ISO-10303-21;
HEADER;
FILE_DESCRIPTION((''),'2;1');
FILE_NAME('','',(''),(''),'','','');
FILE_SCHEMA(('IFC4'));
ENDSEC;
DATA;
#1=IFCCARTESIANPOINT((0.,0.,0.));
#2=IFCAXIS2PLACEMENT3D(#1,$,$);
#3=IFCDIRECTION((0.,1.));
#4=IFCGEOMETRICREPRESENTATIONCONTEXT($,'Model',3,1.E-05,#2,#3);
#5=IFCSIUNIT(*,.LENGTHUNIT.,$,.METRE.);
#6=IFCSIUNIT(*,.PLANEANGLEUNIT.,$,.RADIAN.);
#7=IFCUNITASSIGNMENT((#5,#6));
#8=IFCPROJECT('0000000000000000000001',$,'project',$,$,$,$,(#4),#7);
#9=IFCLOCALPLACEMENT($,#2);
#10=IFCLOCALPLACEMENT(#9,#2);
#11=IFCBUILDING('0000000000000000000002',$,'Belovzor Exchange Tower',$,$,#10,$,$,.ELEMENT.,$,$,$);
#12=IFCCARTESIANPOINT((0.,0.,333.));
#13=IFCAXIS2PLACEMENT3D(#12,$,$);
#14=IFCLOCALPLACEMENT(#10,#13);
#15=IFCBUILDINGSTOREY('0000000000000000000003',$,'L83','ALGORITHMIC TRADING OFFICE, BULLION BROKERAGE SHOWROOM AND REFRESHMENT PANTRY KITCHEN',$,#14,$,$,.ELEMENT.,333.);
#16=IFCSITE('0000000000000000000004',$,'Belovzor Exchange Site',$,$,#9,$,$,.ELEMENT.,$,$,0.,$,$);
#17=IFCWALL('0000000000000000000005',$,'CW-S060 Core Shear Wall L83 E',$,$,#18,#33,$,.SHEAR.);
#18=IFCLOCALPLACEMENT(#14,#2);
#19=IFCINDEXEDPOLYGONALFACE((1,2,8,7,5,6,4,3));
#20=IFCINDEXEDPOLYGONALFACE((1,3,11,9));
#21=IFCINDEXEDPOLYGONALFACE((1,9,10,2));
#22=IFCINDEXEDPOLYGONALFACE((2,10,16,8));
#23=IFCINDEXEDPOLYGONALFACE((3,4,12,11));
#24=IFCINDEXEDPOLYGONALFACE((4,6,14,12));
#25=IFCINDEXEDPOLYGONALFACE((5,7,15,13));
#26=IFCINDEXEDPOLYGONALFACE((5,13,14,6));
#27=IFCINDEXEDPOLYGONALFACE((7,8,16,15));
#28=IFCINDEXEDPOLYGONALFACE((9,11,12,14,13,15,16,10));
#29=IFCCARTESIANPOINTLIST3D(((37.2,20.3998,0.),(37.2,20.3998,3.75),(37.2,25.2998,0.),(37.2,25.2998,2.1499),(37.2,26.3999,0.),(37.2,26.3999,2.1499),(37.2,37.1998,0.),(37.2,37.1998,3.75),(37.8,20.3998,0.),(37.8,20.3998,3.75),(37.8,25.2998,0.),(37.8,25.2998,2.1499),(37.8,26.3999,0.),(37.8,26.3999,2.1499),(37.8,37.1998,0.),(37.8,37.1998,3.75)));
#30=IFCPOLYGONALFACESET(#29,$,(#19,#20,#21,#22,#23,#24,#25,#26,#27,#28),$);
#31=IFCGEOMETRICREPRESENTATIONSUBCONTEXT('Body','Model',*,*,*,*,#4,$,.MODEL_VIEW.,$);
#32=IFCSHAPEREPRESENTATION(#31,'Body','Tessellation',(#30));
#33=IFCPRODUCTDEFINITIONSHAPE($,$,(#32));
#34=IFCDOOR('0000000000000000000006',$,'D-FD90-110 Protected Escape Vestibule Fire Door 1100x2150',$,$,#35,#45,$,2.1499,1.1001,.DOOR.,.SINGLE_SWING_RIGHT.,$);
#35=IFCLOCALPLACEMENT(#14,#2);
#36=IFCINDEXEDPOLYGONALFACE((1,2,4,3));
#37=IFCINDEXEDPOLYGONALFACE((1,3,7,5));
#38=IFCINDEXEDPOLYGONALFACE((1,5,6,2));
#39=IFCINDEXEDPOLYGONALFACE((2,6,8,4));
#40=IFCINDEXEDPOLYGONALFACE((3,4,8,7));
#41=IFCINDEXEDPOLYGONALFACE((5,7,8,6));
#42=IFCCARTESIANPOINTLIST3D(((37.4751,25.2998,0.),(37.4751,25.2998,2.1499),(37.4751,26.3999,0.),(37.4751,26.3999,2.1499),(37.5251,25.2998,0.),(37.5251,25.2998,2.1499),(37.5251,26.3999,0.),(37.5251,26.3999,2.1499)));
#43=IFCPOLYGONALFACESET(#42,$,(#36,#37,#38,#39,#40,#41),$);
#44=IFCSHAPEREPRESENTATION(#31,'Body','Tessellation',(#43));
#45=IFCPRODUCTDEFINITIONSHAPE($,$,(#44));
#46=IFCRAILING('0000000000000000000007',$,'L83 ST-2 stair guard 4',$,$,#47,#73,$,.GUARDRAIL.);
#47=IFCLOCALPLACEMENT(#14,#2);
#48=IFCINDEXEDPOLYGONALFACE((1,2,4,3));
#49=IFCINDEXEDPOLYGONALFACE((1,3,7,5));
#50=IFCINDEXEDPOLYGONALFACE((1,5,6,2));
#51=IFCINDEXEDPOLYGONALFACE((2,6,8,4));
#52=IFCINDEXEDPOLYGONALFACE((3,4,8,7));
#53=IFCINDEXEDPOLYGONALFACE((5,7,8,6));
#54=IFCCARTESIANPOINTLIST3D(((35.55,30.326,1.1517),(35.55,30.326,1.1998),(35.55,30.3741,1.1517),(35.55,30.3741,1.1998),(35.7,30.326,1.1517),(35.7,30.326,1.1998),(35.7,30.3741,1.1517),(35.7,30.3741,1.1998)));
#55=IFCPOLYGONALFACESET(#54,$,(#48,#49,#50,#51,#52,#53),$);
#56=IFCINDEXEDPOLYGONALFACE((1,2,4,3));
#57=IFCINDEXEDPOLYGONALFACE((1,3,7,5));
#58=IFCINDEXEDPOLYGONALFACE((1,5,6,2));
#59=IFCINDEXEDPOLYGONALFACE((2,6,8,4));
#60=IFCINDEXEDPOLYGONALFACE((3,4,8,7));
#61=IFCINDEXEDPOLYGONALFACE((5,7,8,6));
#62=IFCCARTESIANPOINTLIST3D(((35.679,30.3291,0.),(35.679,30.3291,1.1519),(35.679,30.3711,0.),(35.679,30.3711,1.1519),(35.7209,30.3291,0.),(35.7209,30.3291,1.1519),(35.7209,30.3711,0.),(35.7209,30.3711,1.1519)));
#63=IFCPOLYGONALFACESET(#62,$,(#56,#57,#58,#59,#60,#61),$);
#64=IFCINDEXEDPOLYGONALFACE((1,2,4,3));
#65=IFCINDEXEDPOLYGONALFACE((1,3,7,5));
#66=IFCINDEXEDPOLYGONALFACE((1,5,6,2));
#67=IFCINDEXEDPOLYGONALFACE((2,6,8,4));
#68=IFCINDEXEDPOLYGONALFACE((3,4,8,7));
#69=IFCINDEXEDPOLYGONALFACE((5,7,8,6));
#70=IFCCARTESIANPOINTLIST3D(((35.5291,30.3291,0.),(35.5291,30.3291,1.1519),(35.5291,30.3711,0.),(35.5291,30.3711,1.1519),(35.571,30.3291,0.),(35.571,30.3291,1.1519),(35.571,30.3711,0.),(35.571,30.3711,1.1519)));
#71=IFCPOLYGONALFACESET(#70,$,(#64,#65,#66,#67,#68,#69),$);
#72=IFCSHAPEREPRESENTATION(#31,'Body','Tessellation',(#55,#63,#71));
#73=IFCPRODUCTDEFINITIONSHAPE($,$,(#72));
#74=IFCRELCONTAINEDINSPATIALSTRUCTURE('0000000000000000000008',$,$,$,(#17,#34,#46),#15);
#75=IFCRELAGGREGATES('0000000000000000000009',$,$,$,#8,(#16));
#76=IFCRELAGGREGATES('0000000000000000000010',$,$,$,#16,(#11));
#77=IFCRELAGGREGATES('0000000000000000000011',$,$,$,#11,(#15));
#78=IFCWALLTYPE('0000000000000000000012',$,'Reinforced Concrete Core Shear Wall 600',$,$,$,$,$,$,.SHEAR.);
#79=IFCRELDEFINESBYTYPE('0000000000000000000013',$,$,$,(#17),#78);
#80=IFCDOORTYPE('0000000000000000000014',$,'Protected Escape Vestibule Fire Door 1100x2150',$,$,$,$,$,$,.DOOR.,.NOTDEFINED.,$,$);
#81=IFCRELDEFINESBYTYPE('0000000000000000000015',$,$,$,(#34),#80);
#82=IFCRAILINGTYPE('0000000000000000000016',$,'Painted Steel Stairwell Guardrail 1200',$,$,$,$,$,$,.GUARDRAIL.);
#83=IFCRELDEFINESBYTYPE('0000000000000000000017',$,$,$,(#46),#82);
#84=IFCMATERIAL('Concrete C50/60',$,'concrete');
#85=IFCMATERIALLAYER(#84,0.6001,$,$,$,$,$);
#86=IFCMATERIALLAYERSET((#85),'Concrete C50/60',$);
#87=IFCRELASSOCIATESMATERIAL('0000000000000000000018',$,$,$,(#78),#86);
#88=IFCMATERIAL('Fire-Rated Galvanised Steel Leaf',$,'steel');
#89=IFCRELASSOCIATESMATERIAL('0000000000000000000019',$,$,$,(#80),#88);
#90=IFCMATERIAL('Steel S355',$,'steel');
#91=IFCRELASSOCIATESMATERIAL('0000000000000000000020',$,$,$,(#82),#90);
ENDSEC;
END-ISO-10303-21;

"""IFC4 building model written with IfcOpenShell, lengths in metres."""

from ifc_helpers import new_model, si_unit, direction, frame, frame_2d, origin, origin_2d, place, context, subcontext, project, spatial, rectangle, extrude, material, layer, layer_set, type_object, element, fill, save


model = new_model("IFC4")

# Units and contexts
model_context = context("Model", 3, precision=1e-05, world=origin(), true_north=direction((0.0, 1.0)))
body_context = subcontext(model_context, "Body", "Model", "MODEL_VIEW")
ifc_project = project(units=[si_unit("LENGTHUNIT", "METRE"), si_unit("PLANEANGLEUNIT", "RADIAN")], contexts=[model_context])

# Site, building, storey
site_placement = place(None, origin())
site = spatial("IfcSite", under=ifc_project, at=site_placement, Name="Belovzor Exchange Site", CompositionType="ELEMENT", RefElevation=0.0)
building_placement = place(site_placement, origin())
building = spatial("IfcBuilding", under=site, at=building_placement, Name="Belovzor Exchange Tower", CompositionType="ELEMENT")
storey_placement = place(building_placement, frame((0.0, 0.0, 333.0)))
storey = spatial("IfcBuildingStorey", under=building, at=storey_placement, Name="L83", Description="ALGORITHMIC TRADING OFFICE, BULLION BROKERAGE SHOWROOM AND REFRESHMENT PANTRY KITCHEN", CompositionType="ELEMENT", Elevation=333.0)

# Wall, opening, door
ifc_material_1 = material(Name="Concrete C50/60", Category="concrete")
ifc_layer_1 = layer(ifc_material_1, 0.6001)
ifc_layer_set_1 = layer_set([ifc_layer_1], Name="Concrete C50/60")
wall_type_1 = type_object("IfcWallType", Name="Reinforced Concrete Core Shear Wall 600", PredefinedType="SHEAR", material=ifc_layer_set_1)
wall_1_placement = place(storey_placement, frame((37.5, 20.3999, 0.0), z_axis=(0.0, 0.0, 1.0), x_axis=(0.0, 1.0, 0.0)))
wall_1 = element("IfcWall", 1, at=wall_1_placement, inside=storey, type_object=wall_type_1, Name="CW-S060 Core Shear Wall L83 E", PredefinedType="SHEAR", context=body_context, shape_type="SweptSolid", body=[
    extrude(rectangle(XDim=16.8, YDim=0.6001, at=frame_2d((8.3999, 0.0))), origin(), (0.0, 0.0, 1.0), 3.75),
])
opening_1_placement = place(wall_1_placement, frame((4.8999, 0.0, 0.0)))
opening_1 = element("IfcOpeningElement", 2, at=opening_1_placement, cuts=wall_1, PredefinedType="OPENING", context=body_context, shape_type="SweptSolid", body=[
    extrude(rectangle(XDim=1.1001, YDim=2.1499, at=frame_2d((0.55, 1.075))), frame((0.0, 0.3101, 0.0), z_axis=(0.0, -1.0, 0.0), x_axis=(1.0, 0.0, 0.0)), (0.0, 0.0, 1.0), 0.6201),
])
ifc_material_2 = material(Name="Fire-Rated Galvanised Steel Leaf", Category="steel")
door_type_1 = type_object("IfcDoorType", Name="Protected Escape Vestibule Fire Door 1100x2150", OperationType="NOTDEFINED", PredefinedType="DOOR", material=ifc_material_2)
door_1_placement = place(opening_1_placement, origin())
door_1 = element("IfcDoor", 3, at=door_1_placement, inside=storey, type_object=door_type_1, Name="D-FD90-110 Protected Escape Vestibule Fire Door 1100x2150", OperationType="SINGLE_SWING_RIGHT", OverallHeight=2.1499, OverallWidth=1.1001, PredefinedType="DOOR", context=body_context, shape_type="SweptSolid", body=[
    extrude(rectangle(XDim=1.1001, YDim=2.1499, at=frame_2d((0.55, 1.075))), frame((0.0, 0.0249, 0.0), z_axis=(0.0, -1.0, 0.0), x_axis=(1.0, 0.0, 0.0)), (0.0, 0.0, 1.0), 0.05),
])
fill(opening_1, door_1)

# Railing
ifc_material_3 = material(Name="Steel S355", Category="steel")
railing_type = type_object("IfcRailingType", Name="Painted Steel Stairwell Guardrail 1200", PredefinedType="GUARDRAIL", material=ifc_material_3)
railing_placement = place(storey_placement, frame((35.7, 30.3501, 0.0)))
element("IfcRailing", 4, at=railing_placement, inside=storey, type_object=railing_type, Name="L83 ST-2 stair guard 4", PredefinedType="GUARDRAIL", context=body_context, shape_type="SweptSolid", body=[
    extrude(rectangle(XDim=0.0481, YDim=0.0481, at=origin_2d()), frame((0.0, 0.0, 1.1758), z_axis=(-1.0, 0.0, 0.0), x_axis=(0.0, -1.0, 0.0)), (0.0, 0.0, 1.0), 0.1499),
    extrude(rectangle(XDim=0.042, YDim=0.042, at=origin_2d()), origin(), (0.0, 0.0, 1.0), 1.1519),
    extrude(rectangle(XDim=0.042, YDim=0.042, at=origin_2d()), frame((-0.1499, 0.0, 0.0)), (0.0, 0.0, 1.0), 1.1519),
])

save(model, "model.ifc")
